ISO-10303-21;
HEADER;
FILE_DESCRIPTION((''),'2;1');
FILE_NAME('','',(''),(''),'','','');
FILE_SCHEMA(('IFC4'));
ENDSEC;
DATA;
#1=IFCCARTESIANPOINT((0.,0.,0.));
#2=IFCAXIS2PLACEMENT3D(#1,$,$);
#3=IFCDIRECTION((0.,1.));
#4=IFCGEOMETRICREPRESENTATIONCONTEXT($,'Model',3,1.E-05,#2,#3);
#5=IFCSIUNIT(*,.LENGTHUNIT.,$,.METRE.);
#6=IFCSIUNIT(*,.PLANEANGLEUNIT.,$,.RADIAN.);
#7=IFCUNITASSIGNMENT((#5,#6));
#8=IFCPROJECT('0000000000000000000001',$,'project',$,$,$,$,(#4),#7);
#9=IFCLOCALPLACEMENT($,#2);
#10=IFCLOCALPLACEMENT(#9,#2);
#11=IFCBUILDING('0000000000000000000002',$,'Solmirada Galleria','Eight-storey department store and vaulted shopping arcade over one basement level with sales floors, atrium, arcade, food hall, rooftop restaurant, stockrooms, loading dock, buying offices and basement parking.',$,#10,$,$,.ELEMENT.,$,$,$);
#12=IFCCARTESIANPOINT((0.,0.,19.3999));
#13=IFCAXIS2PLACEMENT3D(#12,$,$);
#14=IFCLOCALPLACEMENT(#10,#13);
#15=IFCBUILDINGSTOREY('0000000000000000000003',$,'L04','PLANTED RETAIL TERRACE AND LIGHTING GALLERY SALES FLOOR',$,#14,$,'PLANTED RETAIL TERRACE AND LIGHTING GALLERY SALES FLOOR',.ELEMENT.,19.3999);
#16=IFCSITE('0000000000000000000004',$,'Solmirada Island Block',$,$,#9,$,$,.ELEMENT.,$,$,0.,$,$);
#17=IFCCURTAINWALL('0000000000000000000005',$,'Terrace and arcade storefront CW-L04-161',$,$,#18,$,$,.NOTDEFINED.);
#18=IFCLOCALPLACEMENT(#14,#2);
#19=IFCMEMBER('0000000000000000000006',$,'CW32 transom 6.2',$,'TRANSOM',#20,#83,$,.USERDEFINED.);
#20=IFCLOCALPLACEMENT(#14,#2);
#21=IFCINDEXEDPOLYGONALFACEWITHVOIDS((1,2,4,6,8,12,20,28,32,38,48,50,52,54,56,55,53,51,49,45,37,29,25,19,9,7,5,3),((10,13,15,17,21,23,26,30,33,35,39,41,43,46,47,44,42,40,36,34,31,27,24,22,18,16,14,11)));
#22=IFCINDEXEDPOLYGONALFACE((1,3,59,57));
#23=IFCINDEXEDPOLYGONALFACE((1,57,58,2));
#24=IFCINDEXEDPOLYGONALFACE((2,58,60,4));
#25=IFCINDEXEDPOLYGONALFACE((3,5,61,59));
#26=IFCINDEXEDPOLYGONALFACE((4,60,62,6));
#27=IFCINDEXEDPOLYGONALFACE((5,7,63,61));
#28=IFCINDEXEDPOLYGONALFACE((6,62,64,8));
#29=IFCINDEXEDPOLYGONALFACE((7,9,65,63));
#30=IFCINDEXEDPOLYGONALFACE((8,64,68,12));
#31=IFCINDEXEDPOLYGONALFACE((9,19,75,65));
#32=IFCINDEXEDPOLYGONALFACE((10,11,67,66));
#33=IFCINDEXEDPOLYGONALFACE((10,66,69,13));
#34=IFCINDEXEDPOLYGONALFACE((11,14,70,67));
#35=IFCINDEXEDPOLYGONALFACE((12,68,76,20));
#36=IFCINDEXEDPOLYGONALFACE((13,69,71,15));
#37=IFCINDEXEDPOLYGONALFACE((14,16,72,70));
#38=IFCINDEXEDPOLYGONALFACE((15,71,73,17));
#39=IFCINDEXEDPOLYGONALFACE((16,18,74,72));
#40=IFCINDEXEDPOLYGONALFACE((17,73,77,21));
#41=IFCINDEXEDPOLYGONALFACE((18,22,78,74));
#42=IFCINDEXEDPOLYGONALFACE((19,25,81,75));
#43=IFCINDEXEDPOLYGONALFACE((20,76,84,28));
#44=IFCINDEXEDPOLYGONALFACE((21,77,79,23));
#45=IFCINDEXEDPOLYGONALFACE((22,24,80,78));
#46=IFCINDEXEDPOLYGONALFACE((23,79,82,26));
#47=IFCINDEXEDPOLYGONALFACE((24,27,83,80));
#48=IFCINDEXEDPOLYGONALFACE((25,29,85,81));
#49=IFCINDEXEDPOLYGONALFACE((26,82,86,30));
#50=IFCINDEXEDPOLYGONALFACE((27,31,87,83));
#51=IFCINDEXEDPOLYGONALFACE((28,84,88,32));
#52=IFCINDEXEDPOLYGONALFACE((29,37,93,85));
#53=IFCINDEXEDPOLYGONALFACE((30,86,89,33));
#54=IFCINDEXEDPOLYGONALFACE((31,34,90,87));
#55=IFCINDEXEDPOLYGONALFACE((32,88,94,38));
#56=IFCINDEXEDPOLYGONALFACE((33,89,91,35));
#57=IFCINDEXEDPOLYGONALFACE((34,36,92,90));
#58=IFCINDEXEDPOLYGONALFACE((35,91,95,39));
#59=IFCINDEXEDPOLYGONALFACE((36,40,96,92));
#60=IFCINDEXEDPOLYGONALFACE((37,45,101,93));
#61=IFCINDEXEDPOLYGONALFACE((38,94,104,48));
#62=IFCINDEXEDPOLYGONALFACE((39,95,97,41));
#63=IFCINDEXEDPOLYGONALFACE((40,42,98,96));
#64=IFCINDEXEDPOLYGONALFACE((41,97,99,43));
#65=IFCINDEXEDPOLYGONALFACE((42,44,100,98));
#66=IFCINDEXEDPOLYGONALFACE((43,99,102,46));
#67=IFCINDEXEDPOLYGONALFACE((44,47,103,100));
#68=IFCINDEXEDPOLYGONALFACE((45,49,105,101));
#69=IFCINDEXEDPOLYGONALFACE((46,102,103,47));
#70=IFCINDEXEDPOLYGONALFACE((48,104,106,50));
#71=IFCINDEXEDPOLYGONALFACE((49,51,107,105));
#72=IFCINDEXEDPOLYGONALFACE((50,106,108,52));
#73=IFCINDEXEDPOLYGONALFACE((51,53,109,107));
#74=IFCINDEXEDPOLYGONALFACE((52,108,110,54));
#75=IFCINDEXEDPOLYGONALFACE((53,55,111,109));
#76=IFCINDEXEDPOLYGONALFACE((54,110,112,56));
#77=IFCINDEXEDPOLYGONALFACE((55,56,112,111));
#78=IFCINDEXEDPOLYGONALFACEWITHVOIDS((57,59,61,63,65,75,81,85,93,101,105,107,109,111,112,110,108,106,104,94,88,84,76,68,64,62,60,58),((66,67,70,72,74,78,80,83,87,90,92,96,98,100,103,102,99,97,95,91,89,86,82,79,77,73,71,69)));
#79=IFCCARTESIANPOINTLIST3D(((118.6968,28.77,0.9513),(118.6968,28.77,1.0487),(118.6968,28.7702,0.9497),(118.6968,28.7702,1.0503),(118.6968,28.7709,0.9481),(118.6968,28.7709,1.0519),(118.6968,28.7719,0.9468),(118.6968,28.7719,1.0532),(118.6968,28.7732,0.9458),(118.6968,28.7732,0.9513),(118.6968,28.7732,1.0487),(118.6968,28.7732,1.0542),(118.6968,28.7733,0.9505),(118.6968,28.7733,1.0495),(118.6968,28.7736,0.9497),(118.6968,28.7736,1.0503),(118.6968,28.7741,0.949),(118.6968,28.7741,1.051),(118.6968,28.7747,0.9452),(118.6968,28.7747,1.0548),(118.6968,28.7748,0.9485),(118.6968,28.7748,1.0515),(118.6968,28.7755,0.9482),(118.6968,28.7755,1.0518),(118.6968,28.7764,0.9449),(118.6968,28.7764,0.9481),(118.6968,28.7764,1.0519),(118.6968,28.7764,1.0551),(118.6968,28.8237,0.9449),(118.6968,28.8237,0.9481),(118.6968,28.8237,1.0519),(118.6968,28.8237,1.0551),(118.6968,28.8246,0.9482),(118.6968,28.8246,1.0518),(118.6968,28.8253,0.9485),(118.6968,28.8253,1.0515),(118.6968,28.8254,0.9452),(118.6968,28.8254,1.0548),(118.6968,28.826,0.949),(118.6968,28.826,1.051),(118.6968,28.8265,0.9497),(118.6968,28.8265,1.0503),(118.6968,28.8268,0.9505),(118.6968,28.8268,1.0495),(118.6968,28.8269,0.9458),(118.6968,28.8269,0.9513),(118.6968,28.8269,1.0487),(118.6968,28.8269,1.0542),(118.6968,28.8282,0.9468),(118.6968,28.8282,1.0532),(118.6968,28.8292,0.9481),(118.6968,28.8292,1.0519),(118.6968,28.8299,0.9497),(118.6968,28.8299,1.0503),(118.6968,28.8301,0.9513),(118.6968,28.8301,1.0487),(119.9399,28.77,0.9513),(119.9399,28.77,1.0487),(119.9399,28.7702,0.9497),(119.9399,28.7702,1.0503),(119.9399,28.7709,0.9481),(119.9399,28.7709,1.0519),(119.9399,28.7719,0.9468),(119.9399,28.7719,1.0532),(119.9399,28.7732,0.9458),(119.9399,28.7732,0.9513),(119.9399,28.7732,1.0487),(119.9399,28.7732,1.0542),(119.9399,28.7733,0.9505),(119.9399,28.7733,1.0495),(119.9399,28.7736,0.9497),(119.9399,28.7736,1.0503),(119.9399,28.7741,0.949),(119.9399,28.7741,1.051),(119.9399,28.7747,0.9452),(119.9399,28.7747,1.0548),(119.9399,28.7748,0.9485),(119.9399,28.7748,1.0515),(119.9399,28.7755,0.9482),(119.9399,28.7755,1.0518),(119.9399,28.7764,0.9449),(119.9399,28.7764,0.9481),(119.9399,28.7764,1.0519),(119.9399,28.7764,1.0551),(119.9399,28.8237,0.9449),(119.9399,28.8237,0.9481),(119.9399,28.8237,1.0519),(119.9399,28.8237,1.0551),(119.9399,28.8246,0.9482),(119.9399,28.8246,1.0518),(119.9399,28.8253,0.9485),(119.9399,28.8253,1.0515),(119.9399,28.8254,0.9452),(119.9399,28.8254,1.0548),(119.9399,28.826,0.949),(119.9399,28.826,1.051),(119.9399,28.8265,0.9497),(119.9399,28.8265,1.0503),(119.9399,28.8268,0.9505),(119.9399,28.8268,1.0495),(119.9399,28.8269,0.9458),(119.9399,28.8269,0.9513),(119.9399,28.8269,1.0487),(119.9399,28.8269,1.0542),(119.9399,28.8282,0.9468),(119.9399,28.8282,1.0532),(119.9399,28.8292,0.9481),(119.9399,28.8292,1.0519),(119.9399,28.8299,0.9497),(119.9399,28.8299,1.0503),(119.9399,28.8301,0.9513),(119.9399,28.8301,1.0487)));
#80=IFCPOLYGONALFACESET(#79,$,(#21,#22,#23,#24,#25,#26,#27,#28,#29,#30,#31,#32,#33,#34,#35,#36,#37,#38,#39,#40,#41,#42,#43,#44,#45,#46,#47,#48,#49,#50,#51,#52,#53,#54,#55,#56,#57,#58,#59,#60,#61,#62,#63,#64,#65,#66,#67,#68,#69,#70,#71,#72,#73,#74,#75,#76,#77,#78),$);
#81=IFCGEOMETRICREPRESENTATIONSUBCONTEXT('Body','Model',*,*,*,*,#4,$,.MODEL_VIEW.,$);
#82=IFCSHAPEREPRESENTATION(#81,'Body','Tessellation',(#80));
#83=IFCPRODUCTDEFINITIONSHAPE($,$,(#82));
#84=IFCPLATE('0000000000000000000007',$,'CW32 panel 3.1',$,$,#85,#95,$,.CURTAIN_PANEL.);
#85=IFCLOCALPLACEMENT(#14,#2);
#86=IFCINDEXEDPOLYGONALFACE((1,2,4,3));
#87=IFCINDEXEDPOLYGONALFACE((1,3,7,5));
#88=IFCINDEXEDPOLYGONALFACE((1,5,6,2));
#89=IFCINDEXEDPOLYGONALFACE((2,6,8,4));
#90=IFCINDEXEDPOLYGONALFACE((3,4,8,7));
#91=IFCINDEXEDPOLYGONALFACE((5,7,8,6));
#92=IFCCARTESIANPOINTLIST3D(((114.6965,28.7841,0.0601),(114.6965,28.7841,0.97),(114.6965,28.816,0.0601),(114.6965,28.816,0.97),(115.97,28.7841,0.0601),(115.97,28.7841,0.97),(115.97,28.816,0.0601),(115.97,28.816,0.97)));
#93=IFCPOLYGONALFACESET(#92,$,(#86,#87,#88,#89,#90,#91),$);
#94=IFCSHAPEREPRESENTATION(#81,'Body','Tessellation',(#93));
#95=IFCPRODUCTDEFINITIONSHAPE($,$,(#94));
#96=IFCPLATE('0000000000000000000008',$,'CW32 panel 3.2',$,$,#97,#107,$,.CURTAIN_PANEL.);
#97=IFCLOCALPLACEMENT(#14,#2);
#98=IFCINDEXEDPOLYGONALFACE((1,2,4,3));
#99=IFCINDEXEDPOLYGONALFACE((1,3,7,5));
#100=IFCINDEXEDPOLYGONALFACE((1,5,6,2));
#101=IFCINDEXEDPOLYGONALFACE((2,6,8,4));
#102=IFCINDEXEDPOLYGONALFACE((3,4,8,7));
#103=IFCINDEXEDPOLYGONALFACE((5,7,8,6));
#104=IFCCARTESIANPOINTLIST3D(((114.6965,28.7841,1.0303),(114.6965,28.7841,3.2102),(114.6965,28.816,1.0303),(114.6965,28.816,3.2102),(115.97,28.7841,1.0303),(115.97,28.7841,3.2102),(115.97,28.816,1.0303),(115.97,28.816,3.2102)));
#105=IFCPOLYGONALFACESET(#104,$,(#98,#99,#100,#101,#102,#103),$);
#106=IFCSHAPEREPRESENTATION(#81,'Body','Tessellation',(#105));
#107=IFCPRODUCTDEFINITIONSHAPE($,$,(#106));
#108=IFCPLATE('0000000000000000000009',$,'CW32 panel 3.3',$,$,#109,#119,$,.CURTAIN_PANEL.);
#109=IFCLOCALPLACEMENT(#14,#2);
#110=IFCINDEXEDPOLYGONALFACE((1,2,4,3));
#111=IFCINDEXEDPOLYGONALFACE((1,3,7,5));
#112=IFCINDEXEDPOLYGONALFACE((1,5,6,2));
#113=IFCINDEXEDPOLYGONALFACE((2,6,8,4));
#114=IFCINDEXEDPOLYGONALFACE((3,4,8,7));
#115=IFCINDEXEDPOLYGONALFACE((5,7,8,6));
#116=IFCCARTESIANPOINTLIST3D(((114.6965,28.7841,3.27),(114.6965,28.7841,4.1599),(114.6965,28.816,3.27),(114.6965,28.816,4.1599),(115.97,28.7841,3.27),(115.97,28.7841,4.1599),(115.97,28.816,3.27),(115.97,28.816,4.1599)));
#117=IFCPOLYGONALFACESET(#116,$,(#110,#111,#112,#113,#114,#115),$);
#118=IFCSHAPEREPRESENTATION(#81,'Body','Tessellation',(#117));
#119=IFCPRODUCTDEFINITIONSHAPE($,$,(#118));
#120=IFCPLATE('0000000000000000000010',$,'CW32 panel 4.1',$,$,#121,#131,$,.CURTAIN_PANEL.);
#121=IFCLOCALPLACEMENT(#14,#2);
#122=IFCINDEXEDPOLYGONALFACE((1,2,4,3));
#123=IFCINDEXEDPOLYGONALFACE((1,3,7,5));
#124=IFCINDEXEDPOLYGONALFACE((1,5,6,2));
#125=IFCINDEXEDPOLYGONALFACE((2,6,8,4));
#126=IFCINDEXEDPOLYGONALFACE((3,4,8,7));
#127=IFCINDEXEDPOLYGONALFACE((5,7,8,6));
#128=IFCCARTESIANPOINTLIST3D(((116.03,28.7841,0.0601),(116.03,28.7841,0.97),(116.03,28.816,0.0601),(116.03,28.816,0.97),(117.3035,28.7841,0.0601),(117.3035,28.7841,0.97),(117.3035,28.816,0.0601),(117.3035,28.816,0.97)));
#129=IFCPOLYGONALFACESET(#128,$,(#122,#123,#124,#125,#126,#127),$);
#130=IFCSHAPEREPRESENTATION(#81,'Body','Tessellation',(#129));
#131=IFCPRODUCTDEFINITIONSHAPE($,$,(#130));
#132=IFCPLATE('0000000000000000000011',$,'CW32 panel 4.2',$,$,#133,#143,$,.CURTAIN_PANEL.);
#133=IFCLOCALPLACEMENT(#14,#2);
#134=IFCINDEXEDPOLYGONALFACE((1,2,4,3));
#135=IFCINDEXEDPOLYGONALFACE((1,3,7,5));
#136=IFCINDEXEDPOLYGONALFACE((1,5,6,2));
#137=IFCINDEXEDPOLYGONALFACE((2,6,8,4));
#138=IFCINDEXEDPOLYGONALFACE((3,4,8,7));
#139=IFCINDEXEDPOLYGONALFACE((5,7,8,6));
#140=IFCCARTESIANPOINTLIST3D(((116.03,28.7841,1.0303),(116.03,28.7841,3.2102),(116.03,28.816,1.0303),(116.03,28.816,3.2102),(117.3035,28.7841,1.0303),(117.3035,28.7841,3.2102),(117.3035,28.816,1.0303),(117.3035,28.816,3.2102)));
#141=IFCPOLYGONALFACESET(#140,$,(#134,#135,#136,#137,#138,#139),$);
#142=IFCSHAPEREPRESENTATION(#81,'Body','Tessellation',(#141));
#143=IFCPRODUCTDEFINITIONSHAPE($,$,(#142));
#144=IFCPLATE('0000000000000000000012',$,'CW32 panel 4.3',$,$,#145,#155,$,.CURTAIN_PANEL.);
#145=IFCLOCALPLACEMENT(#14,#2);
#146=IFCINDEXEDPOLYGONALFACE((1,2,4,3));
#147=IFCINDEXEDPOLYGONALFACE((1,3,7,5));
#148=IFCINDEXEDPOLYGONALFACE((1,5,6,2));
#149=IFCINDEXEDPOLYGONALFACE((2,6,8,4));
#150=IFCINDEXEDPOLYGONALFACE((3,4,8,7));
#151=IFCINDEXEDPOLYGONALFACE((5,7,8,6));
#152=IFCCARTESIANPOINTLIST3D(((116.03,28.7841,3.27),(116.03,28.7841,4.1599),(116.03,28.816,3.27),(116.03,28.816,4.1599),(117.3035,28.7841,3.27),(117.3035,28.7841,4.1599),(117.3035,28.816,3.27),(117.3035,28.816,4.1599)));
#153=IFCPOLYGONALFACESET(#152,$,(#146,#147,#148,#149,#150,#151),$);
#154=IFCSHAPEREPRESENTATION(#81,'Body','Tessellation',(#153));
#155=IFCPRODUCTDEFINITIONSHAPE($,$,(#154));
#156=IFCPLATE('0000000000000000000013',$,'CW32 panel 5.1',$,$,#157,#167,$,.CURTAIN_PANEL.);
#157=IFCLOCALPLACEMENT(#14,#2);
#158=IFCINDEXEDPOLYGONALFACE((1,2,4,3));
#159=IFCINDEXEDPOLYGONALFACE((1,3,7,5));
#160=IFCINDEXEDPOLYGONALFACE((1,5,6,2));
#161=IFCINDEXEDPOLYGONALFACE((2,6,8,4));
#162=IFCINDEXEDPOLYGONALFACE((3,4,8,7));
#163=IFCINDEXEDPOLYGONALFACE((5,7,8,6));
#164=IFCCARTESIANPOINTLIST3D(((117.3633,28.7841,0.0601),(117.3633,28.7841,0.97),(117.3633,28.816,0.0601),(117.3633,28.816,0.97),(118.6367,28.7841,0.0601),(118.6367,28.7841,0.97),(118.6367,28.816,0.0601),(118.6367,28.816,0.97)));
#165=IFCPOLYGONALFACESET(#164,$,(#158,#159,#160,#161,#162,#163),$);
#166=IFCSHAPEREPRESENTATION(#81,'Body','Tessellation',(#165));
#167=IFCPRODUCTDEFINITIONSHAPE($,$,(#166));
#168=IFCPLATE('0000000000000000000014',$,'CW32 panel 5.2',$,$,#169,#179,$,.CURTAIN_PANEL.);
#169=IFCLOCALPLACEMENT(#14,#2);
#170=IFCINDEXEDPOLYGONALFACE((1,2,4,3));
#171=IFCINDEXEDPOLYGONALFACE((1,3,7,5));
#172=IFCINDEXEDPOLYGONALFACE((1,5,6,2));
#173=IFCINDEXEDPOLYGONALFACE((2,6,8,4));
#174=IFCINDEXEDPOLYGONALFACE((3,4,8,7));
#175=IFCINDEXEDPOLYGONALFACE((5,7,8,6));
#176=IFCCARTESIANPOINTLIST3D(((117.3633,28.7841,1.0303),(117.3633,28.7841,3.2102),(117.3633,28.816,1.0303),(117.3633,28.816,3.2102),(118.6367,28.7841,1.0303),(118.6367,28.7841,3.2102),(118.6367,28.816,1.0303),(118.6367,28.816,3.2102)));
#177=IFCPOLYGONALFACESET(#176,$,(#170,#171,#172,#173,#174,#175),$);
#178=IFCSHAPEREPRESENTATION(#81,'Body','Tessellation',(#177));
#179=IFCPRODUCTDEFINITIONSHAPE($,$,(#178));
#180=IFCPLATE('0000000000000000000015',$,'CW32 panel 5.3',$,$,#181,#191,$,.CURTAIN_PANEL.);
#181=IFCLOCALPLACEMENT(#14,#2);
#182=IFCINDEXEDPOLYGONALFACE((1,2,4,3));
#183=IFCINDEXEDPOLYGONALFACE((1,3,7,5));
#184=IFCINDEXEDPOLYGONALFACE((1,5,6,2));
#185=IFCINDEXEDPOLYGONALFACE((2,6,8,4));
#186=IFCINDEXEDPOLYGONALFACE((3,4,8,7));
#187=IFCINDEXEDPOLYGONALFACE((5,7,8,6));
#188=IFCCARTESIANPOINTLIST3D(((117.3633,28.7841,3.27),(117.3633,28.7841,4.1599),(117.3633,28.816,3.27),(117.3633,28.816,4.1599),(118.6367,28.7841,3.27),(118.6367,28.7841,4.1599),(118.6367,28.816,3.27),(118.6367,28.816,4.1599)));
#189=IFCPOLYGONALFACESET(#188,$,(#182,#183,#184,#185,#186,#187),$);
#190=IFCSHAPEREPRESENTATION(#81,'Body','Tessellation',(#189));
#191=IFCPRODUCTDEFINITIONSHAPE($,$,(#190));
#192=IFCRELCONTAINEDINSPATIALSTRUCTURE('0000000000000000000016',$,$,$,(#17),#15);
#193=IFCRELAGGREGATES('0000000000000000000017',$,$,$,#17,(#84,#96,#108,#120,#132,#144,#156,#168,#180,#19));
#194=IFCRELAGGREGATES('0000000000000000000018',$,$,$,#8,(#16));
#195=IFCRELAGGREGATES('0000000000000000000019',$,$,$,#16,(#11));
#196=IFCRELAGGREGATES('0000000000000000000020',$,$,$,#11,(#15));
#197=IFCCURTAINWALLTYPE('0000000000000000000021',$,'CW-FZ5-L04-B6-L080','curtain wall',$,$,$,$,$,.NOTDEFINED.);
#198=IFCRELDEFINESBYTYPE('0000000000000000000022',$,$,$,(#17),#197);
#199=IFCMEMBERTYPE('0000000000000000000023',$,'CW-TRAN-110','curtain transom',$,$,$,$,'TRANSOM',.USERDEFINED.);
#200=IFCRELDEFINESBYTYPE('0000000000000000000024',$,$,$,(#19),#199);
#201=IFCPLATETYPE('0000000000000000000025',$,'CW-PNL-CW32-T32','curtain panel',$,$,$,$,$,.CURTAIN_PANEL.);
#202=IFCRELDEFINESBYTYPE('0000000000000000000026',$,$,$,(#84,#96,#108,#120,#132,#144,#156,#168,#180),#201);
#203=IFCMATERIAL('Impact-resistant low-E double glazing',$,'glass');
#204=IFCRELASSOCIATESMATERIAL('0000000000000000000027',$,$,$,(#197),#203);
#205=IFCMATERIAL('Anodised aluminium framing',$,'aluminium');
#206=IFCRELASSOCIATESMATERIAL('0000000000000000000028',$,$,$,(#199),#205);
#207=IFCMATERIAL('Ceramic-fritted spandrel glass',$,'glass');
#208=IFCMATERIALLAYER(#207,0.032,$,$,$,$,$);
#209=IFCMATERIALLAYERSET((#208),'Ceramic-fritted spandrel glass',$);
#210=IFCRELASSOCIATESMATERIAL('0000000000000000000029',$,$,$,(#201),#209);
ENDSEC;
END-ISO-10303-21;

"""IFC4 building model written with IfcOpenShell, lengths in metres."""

from ifc_helpers import new_model, si_unit, direction, frame, origin, origin_2d, place, context, subcontext, project, spatial, rectangle, hollow_rectangle, extrude, material, layer, layer_set, material_profile, profile_set, type_object, element, aggregate, save


model = new_model("IFC4")

# Units and contexts
model_context = context("Model", 3, precision=1e-05, world=origin(), true_north=direction((0.0, 1.0)))
body_context = subcontext(model_context, "Body", "Model", "MODEL_VIEW")
ifc_project = project(units=[si_unit("LENGTHUNIT", "METRE"), si_unit("PLANEANGLEUNIT", "RADIAN")], contexts=[model_context])

# Site, building, storey
site_placement = place(None, origin())
site = spatial("IfcSite", under=ifc_project, at=site_placement, Name="Solmirada Island Block", CompositionType="ELEMENT", RefElevation=0.0)
building_placement = place(site_placement, origin())
building = spatial("IfcBuilding", under=site, at=building_placement, Name="Solmirada Galleria", Description="Eight-storey department store and vaulted shopping arcade over one basement level with sales floors, atrium, arcade, food hall, rooftop restaurant, stockrooms, loading dock, buying offices and basement parking.", CompositionType="ELEMENT")
storey_placement = place(building_placement, frame((0.0, 0.0, 19.3999)))
storey = spatial("IfcBuildingStorey", under=building, at=storey_placement, Name="L04", Description="PLANTED RETAIL TERRACE AND LIGHTING GALLERY SALES FLOOR", LongName="PLANTED RETAIL TERRACE AND LIGHTING GALLERY SALES FLOOR", CompositionType="ELEMENT", Elevation=19.3999)

# Curtain wall, member, plates
ifc_material_1 = material(Name="Impact-resistant low-E double glazing", Category="glass")
curtain_wall_type = type_object("IfcCurtainWallType", Name="CW-FZ5-L04-B6-L080", Description="curtain wall", PredefinedType="NOTDEFINED", material=ifc_material_1)
curtain_wall_placement = place(storey_placement, origin())
curtain_wall = element("IfcCurtainWall", 1, at=curtain_wall_placement, inside=storey, type_object=curtain_wall_type, Name="Terrace and arcade storefront CW-L04-161", PredefinedType="NOTDEFINED")
ifc_material_2 = material(Name="Anodised aluminium framing", Category="aluminium")
ifc_material_profile_1 = material_profile(ifc_material_2, hollow_rectangle(XDim=0.0601, YDim=0.1101, WallThickness=0.0032, InnerFilletRadius=0.0032, OuterFilletRadius=0.0063, at=origin_2d()), Name="ALU-TRAN-110X60")
ifc_profile_set_1 = profile_set([ifc_material_profile_1], Name="Anodised aluminium framing")
member_type_1 = type_object("IfcMemberType", Name="CW-TRAN-110", Description="curtain transom", ElementType="TRANSOM", PredefinedType="USERDEFINED", material=ifc_profile_set_1)
member_1_placement = place(storey_placement, frame((118.6968, 28.8, 1.0), z_axis=(1.0, 0.0, 0.0), x_axis=(0.0, 1.0, 0.0)))
member_1 = element("IfcMember", 2, at=member_1_placement, type_object=member_type_1, Name="CW32 transom 6.2", ObjectType="TRANSOM", PredefinedType="USERDEFINED", context=body_context, shape_type="SweptSolid", body=[
    extrude(hollow_rectangle(XDim=0.0601, YDim=0.1101, WallThickness=0.0032, InnerFilletRadius=0.0032, OuterFilletRadius=0.0063, at=origin_2d()), origin(), (0.0, 0.0, 1.0), 1.2432),
])
ifc_material_3 = material(Name="Ceramic-fritted spandrel glass", Category="glass")
ifc_layer = layer(ifc_material_3, 0.032)
ifc_layer_set = layer_set([ifc_layer], Name="Ceramic-fritted spandrel glass")
plate_type = type_object("IfcPlateType", Name="CW-PNL-CW32-T32", Description="curtain panel", PredefinedType="CURTAIN_PANEL", material=ifc_layer_set)
plate_1_placement = place(storey_placement, frame((115.3333, 28.8, 0.0601), z_axis=(0.0, 0.0, 1.0), x_axis=(1.0, 0.0, 0.0)))
plate_1 = element("IfcPlate", 3, at=plate_1_placement, type_object=plate_type, Name="CW32 panel 3.1", PredefinedType="CURTAIN_PANEL", context=body_context, shape_type="SweptSolid", body=[
    extrude(rectangle(XDim=1.2734, YDim=0.032, at=origin_2d()), origin(), (0.0, 0.0, 1.0), 0.9099),
])
plate_2_placement = place(storey_placement, frame((115.3333, 28.8, 1.0303), z_axis=(0.0, 0.0, 1.0), x_axis=(1.0, 0.0, 0.0)))
plate_2 = element("IfcPlate", 4, at=plate_2_placement, type_object=plate_type, Name="CW32 panel 3.2", PredefinedType="CURTAIN_PANEL", context=body_context, shape_type="SweptSolid", body=[
    extrude(rectangle(XDim=1.2734, YDim=0.032, at=origin_2d()), origin(), (0.0, 0.0, 1.0), 2.1799),
])
plate_3_placement = place(storey_placement, frame((115.3333, 28.8, 3.27), z_axis=(0.0, 0.0, 1.0), x_axis=(1.0, 0.0, 0.0)))
plate_3 = element("IfcPlate", 5, at=plate_3_placement, type_object=plate_type, Name="CW32 panel 3.3", PredefinedType="CURTAIN_PANEL", context=body_context, shape_type="SweptSolid", body=[
    extrude(rectangle(XDim=1.2734, YDim=0.032, at=origin_2d()), origin(), (0.0, 0.0, 1.0), 0.8899),
])
plate_4_placement = place(storey_placement, frame((116.6667, 28.8, 0.0601), z_axis=(0.0, 0.0, 1.0), x_axis=(1.0, 0.0, 0.0)))
plate_4 = element("IfcPlate", 6, at=plate_4_placement, type_object=plate_type, Name="CW32 panel 4.1", PredefinedType="CURTAIN_PANEL", context=body_context, shape_type="SweptSolid", body=[
    extrude(rectangle(XDim=1.2734, YDim=0.032, at=origin_2d()), origin(), (0.0, 0.0, 1.0), 0.9099),
])
plate_5_placement = place(storey_placement, frame((116.6667, 28.8, 1.0303), z_axis=(0.0, 0.0, 1.0), x_axis=(1.0, 0.0, 0.0)))
plate_5 = element("IfcPlate", 7, at=plate_5_placement, type_object=plate_type, Name="CW32 panel 4.2", PredefinedType="CURTAIN_PANEL", context=body_context, shape_type="SweptSolid", body=[
    extrude(rectangle(XDim=1.2734, YDim=0.032, at=origin_2d()), origin(), (0.0, 0.0, 1.0), 2.1799),
])
plate_6_placement = place(storey_placement, frame((116.6667, 28.8, 3.27), z_axis=(0.0, 0.0, 1.0), x_axis=(1.0, 0.0, 0.0)))
plate_6 = element("IfcPlate", 8, at=plate_6_placement, type_object=plate_type, Name="CW32 panel 4.3", PredefinedType="CURTAIN_PANEL", context=body_context, shape_type="SweptSolid", body=[
    extrude(rectangle(XDim=1.2734, YDim=0.032, at=origin_2d()), origin(), (0.0, 0.0, 1.0), 0.8899),
])
plate_7_placement = place(storey_placement, frame((118.0, 28.8, 0.0601), z_axis=(0.0, 0.0, 1.0), x_axis=(1.0, 0.0, 0.0)))
plate_7 = element("IfcPlate", 9, at=plate_7_placement, type_object=plate_type, Name="CW32 panel 5.1", PredefinedType="CURTAIN_PANEL", context=body_context, shape_type="SweptSolid", body=[
    extrude(rectangle(XDim=1.2734, YDim=0.032, at=origin_2d()), origin(), (0.0, 0.0, 1.0), 0.9099),
])
plate_8_placement = place(storey_placement, frame((118.0, 28.8, 1.0303), z_axis=(0.0, 0.0, 1.0), x_axis=(1.0, 0.0, 0.0)))
plate_8 = element("IfcPlate", 10, at=plate_8_placement, type_object=plate_type, Name="CW32 panel 5.2", PredefinedType="CURTAIN_PANEL", context=body_context, shape_type="SweptSolid", body=[
    extrude(rectangle(XDim=1.2734, YDim=0.032, at=origin_2d()), origin(), (0.0, 0.0, 1.0), 2.1799),
])
plate_9_placement = place(storey_placement, frame((118.0, 28.8, 3.27), z_axis=(0.0, 0.0, 1.0), x_axis=(1.0, 0.0, 0.0)))
plate_9 = element("IfcPlate", 11, at=plate_9_placement, type_object=plate_type, Name="CW32 panel 5.3", PredefinedType="CURTAIN_PANEL", context=body_context, shape_type="SweptSolid", body=[
    extrude(rectangle(XDim=1.2734, YDim=0.032, at=origin_2d()), origin(), (0.0, 0.0, 1.0), 0.8899),
])
aggregate(curtain_wall, [plate_1, plate_2, plate_3, plate_4, plate_5, plate_6, plate_7, plate_8, plate_9, member_1])

save(model, "model.ifc")
